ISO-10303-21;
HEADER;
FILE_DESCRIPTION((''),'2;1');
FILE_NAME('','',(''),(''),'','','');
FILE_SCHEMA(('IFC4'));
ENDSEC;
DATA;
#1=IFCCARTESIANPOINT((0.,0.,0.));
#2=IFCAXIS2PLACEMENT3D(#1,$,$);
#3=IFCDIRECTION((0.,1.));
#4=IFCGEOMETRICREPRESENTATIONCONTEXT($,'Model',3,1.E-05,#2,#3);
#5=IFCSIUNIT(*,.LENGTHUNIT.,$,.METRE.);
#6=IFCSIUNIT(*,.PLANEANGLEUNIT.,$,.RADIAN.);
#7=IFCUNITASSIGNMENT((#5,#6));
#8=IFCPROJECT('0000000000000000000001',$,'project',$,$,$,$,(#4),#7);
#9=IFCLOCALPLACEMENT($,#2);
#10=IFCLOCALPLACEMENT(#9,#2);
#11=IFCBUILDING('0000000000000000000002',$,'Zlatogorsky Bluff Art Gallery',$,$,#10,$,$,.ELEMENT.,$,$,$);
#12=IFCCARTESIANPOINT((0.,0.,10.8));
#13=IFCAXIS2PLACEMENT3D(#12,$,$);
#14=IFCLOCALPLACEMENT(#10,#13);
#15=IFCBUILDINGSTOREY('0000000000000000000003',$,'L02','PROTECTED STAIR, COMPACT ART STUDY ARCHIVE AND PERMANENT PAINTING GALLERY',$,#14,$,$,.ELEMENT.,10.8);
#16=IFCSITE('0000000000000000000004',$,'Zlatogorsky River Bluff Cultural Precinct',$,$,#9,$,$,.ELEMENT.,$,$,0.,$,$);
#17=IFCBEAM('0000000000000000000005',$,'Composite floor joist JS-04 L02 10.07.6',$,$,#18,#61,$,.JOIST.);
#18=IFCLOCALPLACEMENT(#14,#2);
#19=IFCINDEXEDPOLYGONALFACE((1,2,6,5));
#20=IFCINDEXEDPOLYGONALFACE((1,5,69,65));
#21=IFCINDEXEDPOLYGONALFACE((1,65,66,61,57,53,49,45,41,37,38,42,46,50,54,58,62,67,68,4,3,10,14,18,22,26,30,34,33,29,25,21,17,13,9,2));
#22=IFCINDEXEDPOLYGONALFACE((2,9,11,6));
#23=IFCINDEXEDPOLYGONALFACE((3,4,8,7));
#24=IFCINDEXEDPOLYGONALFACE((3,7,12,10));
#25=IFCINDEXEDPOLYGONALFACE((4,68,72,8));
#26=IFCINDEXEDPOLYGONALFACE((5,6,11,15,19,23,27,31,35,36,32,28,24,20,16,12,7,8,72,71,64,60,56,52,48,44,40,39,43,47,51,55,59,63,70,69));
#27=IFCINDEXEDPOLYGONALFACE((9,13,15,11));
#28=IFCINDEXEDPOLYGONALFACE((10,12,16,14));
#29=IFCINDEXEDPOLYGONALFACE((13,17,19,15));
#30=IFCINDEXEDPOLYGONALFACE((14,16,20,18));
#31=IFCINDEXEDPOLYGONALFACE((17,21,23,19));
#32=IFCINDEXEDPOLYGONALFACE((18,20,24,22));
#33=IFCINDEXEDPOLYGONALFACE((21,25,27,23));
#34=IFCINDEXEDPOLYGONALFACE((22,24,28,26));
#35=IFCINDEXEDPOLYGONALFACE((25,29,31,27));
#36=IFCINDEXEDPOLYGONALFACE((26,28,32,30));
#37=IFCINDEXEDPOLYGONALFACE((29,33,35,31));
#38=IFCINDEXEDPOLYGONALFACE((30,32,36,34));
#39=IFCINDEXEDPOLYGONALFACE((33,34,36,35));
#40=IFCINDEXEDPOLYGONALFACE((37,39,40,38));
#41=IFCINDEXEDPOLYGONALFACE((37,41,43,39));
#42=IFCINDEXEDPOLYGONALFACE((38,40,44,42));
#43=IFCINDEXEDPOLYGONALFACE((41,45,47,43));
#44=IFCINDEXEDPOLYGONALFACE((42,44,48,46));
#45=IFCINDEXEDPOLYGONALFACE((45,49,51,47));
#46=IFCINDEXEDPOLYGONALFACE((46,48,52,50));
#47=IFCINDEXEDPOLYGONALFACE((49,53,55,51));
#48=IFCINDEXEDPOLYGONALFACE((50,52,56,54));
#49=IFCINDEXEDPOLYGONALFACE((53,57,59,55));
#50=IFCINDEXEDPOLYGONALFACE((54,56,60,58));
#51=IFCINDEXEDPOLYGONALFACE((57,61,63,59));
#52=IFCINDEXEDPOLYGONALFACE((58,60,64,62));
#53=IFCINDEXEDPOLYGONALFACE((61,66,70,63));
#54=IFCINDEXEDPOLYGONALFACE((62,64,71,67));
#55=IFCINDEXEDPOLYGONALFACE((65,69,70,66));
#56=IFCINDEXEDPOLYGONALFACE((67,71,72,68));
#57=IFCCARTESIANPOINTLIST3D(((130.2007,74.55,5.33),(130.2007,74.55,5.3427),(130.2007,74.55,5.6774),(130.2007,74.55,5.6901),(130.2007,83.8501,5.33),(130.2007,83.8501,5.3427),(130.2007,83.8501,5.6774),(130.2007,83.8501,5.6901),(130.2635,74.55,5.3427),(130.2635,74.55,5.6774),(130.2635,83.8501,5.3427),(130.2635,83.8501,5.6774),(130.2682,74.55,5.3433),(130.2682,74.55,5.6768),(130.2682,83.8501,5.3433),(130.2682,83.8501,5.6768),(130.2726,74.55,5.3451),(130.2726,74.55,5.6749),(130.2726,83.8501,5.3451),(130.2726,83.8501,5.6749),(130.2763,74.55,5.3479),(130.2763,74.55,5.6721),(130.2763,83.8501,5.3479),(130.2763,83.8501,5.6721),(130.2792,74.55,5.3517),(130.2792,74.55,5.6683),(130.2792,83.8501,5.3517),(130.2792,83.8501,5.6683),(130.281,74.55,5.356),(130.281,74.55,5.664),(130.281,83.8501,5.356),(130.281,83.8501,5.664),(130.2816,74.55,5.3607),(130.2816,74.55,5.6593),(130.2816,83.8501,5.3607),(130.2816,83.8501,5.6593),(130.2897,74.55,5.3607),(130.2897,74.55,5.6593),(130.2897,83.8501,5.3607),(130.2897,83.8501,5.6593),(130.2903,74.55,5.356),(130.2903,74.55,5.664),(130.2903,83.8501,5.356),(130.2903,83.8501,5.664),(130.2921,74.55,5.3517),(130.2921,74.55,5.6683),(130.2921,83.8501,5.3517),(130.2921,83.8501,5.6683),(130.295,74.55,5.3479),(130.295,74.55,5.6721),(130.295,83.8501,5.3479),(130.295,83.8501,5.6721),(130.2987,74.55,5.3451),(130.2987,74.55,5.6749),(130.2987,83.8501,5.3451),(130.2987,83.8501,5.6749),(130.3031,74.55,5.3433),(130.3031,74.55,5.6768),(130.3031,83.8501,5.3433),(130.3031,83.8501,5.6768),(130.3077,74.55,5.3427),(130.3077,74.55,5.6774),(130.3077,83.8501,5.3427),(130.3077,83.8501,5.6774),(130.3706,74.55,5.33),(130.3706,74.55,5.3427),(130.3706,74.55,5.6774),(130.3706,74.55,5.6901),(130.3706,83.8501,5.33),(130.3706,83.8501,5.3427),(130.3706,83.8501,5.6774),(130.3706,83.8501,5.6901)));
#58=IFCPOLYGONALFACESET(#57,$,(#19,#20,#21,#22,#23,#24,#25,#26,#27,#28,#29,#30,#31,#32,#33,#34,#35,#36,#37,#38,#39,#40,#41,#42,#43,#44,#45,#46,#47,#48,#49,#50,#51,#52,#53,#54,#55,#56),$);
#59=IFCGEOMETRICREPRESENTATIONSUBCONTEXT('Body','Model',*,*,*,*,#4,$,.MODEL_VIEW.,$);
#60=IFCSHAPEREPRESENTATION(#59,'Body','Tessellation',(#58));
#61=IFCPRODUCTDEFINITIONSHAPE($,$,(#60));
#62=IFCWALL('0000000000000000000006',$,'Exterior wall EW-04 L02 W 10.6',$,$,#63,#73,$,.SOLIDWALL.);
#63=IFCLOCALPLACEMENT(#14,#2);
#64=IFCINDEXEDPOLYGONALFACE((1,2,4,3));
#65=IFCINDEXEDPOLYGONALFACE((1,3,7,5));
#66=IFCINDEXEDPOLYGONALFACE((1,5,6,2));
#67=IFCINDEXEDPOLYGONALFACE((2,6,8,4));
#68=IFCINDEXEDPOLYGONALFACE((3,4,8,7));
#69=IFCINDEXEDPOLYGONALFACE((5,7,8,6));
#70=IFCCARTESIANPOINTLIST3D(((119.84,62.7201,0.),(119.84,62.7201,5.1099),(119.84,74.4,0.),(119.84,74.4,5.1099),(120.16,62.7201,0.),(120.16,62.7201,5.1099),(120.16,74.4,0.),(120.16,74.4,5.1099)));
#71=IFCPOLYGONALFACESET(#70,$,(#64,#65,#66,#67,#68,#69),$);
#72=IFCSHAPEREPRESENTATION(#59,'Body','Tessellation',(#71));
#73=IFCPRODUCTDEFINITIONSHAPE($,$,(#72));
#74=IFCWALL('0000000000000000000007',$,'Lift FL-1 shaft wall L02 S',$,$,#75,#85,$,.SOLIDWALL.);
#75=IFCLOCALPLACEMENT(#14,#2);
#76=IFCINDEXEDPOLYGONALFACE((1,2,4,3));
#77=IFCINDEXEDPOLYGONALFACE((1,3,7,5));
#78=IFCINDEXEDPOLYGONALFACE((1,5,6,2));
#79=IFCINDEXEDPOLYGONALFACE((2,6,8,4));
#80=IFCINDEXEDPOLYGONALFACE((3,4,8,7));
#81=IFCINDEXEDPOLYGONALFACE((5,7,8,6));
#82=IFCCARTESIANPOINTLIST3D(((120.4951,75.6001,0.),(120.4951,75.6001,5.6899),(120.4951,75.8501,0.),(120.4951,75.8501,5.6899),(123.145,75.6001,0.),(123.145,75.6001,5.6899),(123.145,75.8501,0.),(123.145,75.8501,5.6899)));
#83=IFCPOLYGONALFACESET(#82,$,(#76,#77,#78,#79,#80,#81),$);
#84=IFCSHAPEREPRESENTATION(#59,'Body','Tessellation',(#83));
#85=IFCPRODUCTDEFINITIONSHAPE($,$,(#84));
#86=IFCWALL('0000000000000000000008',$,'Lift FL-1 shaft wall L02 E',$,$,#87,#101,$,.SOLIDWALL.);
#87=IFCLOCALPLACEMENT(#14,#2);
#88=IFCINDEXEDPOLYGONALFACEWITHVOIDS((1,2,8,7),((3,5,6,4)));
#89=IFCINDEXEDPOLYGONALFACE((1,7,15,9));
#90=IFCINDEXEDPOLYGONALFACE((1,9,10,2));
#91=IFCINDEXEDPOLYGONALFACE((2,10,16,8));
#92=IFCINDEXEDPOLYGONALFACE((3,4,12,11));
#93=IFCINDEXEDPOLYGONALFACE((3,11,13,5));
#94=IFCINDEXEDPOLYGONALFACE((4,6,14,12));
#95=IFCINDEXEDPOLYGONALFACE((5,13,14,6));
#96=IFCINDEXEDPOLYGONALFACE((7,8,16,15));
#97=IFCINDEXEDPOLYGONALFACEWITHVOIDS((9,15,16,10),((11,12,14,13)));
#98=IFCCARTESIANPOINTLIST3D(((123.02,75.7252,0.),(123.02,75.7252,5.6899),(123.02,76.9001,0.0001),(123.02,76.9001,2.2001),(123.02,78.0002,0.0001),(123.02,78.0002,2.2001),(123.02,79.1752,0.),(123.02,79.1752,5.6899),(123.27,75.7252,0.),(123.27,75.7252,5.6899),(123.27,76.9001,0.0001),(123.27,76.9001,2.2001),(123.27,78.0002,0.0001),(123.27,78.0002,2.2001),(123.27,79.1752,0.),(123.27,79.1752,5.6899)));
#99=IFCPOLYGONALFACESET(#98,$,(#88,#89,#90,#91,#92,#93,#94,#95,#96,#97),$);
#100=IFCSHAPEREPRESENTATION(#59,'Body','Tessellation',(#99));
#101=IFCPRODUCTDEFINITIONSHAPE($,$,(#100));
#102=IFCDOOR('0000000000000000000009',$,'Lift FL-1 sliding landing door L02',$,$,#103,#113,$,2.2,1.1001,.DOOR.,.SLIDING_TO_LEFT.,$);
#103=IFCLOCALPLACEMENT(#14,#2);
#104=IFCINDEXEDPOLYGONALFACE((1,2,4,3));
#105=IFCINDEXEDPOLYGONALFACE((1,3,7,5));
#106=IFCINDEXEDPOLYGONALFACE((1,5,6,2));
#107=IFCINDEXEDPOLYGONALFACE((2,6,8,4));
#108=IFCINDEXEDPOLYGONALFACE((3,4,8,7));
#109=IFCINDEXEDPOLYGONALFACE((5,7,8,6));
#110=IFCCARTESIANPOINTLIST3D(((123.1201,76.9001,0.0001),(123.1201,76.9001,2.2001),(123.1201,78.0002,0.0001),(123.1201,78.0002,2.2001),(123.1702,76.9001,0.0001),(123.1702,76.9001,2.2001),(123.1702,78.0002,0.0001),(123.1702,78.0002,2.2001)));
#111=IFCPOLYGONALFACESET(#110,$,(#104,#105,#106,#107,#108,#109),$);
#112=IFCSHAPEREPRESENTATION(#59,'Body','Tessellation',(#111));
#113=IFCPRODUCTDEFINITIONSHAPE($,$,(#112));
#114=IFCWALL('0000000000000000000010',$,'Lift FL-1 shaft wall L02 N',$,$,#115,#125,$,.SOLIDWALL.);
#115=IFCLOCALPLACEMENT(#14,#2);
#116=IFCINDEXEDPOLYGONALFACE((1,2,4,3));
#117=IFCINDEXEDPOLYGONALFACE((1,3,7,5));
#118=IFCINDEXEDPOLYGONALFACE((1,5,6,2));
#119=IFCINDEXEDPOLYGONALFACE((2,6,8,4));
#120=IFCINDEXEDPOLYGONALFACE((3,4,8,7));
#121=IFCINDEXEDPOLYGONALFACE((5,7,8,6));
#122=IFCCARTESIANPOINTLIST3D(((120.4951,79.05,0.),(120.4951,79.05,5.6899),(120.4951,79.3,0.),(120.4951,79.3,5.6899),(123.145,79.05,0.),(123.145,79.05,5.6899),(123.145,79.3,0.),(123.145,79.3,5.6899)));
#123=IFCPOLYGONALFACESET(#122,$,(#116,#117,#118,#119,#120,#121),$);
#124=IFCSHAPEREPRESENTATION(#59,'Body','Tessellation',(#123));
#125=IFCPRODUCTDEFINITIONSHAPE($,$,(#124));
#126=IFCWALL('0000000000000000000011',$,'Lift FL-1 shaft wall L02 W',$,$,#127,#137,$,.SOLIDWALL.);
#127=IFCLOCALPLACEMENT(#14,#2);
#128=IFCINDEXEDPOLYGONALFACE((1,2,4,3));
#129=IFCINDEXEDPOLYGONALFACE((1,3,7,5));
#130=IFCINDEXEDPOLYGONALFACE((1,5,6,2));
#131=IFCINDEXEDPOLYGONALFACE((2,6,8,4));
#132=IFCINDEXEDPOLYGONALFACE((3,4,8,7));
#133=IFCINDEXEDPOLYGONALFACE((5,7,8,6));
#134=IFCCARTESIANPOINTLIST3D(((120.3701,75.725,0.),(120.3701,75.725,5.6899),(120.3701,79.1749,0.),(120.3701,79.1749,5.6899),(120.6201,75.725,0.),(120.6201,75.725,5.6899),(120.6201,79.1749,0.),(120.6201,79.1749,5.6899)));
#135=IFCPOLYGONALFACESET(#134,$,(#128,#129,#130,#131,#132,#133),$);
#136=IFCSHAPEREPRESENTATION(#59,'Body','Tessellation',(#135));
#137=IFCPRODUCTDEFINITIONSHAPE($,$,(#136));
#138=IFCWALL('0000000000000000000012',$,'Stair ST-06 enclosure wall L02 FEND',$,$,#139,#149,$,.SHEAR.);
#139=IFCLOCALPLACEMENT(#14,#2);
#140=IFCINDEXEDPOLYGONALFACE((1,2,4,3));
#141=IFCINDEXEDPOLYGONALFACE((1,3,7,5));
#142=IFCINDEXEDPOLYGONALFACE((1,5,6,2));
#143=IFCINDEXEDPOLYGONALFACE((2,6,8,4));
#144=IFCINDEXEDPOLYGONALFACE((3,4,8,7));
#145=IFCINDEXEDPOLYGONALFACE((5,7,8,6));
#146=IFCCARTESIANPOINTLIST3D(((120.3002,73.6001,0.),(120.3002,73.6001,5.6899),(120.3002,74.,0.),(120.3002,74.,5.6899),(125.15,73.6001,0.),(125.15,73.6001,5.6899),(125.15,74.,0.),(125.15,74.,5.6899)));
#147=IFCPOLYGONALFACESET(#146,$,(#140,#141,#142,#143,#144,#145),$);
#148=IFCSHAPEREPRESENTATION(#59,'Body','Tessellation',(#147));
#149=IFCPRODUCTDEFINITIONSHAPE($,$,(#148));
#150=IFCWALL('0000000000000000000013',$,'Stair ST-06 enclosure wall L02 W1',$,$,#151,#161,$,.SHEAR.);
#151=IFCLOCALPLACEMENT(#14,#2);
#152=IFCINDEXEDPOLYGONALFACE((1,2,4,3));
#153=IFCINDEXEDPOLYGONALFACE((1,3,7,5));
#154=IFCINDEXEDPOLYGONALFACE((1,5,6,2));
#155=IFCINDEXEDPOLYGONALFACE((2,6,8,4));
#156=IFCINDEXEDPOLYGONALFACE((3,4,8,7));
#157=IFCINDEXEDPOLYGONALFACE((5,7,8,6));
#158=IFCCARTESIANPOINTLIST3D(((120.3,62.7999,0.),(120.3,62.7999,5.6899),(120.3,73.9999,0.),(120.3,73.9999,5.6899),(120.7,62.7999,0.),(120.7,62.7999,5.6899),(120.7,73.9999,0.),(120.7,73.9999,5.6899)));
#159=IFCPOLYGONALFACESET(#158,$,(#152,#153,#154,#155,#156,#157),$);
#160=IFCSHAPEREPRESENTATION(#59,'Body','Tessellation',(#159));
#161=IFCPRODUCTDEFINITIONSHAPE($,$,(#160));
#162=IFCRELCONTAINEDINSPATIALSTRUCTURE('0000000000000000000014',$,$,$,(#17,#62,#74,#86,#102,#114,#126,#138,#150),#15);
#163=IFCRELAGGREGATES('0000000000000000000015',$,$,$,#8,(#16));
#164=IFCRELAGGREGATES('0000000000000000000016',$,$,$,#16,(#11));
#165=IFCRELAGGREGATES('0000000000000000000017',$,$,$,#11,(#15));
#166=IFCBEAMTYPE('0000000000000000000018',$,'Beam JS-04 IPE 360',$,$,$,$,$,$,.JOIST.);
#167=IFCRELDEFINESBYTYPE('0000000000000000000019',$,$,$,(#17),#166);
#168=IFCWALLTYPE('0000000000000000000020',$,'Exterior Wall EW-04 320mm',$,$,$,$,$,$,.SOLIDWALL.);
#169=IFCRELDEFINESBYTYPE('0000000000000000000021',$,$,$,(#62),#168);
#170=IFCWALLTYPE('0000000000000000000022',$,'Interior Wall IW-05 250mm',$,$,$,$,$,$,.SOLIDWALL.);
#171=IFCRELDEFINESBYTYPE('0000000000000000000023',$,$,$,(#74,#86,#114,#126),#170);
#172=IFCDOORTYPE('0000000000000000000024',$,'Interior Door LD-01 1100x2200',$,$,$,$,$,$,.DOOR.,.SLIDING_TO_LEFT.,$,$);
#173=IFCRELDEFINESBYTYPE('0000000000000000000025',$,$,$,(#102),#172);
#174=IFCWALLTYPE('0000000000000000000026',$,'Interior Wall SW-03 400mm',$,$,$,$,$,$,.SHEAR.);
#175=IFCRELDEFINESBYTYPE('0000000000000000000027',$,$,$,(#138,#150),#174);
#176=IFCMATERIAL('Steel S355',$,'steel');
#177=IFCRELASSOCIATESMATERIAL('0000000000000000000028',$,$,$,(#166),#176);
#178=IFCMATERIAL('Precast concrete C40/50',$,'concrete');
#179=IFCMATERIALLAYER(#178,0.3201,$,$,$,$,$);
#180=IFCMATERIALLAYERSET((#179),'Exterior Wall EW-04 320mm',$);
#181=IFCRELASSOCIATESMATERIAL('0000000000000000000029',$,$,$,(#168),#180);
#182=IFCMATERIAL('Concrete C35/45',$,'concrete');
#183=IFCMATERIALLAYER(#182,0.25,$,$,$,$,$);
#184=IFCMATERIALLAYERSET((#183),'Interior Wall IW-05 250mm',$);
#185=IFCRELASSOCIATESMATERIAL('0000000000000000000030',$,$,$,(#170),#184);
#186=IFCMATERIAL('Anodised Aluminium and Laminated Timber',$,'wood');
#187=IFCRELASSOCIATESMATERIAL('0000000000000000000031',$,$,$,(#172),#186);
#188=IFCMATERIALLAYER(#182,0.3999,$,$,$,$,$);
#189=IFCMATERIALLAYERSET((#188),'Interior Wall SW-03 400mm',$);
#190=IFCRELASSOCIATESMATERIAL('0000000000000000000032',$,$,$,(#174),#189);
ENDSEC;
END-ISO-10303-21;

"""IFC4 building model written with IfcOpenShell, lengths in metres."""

from ifc_helpers import new_model, si_unit, direction, frame, frame_2d, origin, origin_2d, place, context, subcontext, project, spatial, rectangle, i_section, extrude, material, layer, layer_set, material_profile, profile_set, type_object, element, fill, save


model = new_model("IFC4")

# Units and contexts
model_context = context("Model", 3, precision=1e-05, world=origin(), true_north=direction((0.0, 1.0)))
body_context = subcontext(model_context, "Body", "Model", "MODEL_VIEW")
ifc_project = project(units=[si_unit("LENGTHUNIT", "METRE"), si_unit("PLANEANGLEUNIT", "RADIAN")], contexts=[model_context])

# Site, building, storey
site_placement = place(None, origin())
site = spatial("IfcSite", under=ifc_project, at=site_placement, Name="Zlatogorsky River Bluff Cultural Precinct", CompositionType="ELEMENT", RefElevation=0.0)
building_placement = place(site_placement, origin())
building = spatial("IfcBuilding", under=site, at=building_placement, Name="Zlatogorsky Bluff Art Gallery", CompositionType="ELEMENT")
storey_placement = place(building_placement, frame((0.0, 0.0, 10.8)))
storey = spatial("IfcBuildingStorey", under=building, at=storey_placement, Name="L02", Description="PROTECTED STAIR, COMPACT ART STUDY ARCHIVE AND PERMANENT PAINTING GALLERY", CompositionType="ELEMENT", Elevation=10.8)

# Shared definitions
ifc_material_1 = material(Name="Steel S355", Category="steel")

# Beam
ifc_material_profile_1 = material_profile(ifc_material_1, i_section(OverallWidth=0.1699, OverallDepth=0.3601, WebThickness=0.0081, FlangeThickness=0.0127, FilletRadius=0.0181, at=origin_2d()), Name="IPE 360")
ifc_profile_set_1 = profile_set([ifc_material_profile_1], Name="Steel S355")
beam_type_1 = type_object("IfcBeamType", Name="Beam JS-04 IPE 360", PredefinedType="JOIST", material=ifc_profile_set_1)
for number, where, z_axis, x_axis, name in (
    (1, (130.2856, 74.55, 5.51), (0.0, 1.0, 0.0), (-1.0, 0.0, 0.0), "Composite floor joist JS-04 L02 10.07.6"),
):
    element("IfcBeam", number, at=place(storey_placement, frame(where, z_axis=z_axis, x_axis=x_axis)), inside=storey, type_object=beam_type_1, Name=name, PredefinedType="JOIST", context=body_context, shape_type="SweptSolid", body=[
        extrude(i_section(OverallWidth=0.1699, OverallDepth=0.3601, WebThickness=0.0081, FlangeThickness=0.0127, FilletRadius=0.0181, at=origin_2d()), origin(), (0.0, 0.0, 1.0), 9.3),
    ])

# Wall
ifc_material_2 = material(Name="Precast concrete C40/50", Category="concrete")
ifc_layer_1 = layer(ifc_material_2, 0.3201)
ifc_layer_set_1 = layer_set([ifc_layer_1], Name="Exterior Wall EW-04 320mm")
wall_type_1 = type_object("IfcWallType", Name="Exterior Wall EW-04 320mm", PredefinedType="SOLIDWALL", material=ifc_layer_set_1)
wall_1_placement = place(storey_placement, frame((120.0, 74.3999, 0.0), z_axis=(0.0, 0.0, 1.0), x_axis=(0.0, -1.0, 0.0)))
element("IfcWall", 2, at=wall_1_placement, inside=storey, type_object=wall_type_1, Name="Exterior wall EW-04 L02 W 10.6", PredefinedType="SOLIDWALL", context=body_context, shape_type="SweptSolid", body=[
    extrude(rectangle(XDim=11.6799, YDim=0.3201, at=frame_2d((5.8398, 0.0))), origin(), (0.0, 0.0, 1.0), 5.1099),
])

# Shared definitions
ifc_material_3 = material(Name="Anodised Aluminium and Laminated Timber", Category="wood")

# Wall
ifc_material_4 = material(Name="Concrete C35/45", Category="concrete")
ifc_layer_2 = layer(ifc_material_4, 0.25)
ifc_layer_set_2 = layer_set([ifc_layer_2], Name="Interior Wall IW-05 250mm")
wall_type_2 = type_object("IfcWallType", Name="Interior Wall IW-05 250mm", PredefinedType="SOLIDWALL", material=ifc_layer_set_2)
wall_2_placement = place(storey_placement, frame((120.4951, 75.7251, 0.0), z_axis=(0.0, 0.0, 1.0), x_axis=(1.0, 0.0, 0.0)))
element("IfcWall", 3, at=wall_2_placement, inside=storey, type_object=wall_type_2, Name="Lift FL-1 shaft wall L02 S", PredefinedType="SOLIDWALL", context=body_context, shape_type="SweptSolid", body=[
    extrude(rectangle(XDim=2.6499, YDim=0.25, at=frame_2d((1.325, 0.0))), origin(), (0.0, 0.0, 1.0), 5.6899),
])

# Wall, opening, door
wall_3_placement = place(storey_placement, frame((123.145, 75.7251, 0.0), z_axis=(0.0, 0.0, 1.0), x_axis=(0.0, 1.0, 0.0)))
wall_3 = element("IfcWall", 4, at=wall_3_placement, inside=storey, type_object=wall_type_2, Name="Lift FL-1 shaft wall L02 E", PredefinedType="SOLIDWALL", context=body_context, shape_type="SweptSolid", body=[
    extrude(rectangle(XDim=3.45, YDim=0.25, at=frame_2d((1.7251, 0.0))), origin(), (0.0, 0.0, 1.0), 5.6899),
])
opening_1_placement = place(wall_3_placement, frame((1.175, 0.0, 0.0)))
opening_1 = element("IfcOpeningElement", 5, at=opening_1_placement, cuts=wall_3, PredefinedType="OPENING", context=body_context, shape_type="SweptSolid", body=[
    extrude(rectangle(XDim=1.1001, YDim=2.2, at=frame_2d((0.55, 1.1001))), frame((0.0, 0.135, 0.0), z_axis=(0.0, -1.0, 0.0), x_axis=(1.0, 0.0, 0.0)), (0.0, 0.0, 1.0), 0.27),
])
door_type_1 = type_object("IfcDoorType", Name="Interior Door LD-01 1100x2200", OperationType="SLIDING_TO_LEFT", PredefinedType="DOOR", material=ifc_material_3)
door_1_placement = place(opening_1_placement, origin())
door_1 = element("IfcDoor", 6, at=door_1_placement, inside=storey, type_object=door_type_1, Name="Lift FL-1 sliding landing door L02", OperationType="SLIDING_TO_LEFT", OverallHeight=2.2, OverallWidth=1.1001, PredefinedType="DOOR", context=body_context, shape_type="SweptSolid", body=[
    extrude(rectangle(XDim=1.1001, YDim=2.2, at=frame_2d((0.55, 1.1001))), frame((0.0, 0.0249, 0.0), z_axis=(0.0, -1.0, 0.0), x_axis=(1.0, 0.0, 0.0)), (0.0, 0.0, 1.0), 0.05),
])
fill(opening_1, door_1)

# Walls
wall_4_placement = place(storey_placement, frame((123.145, 79.175, 0.0), z_axis=(0.0, 0.0, 1.0), x_axis=(-1.0, 0.0, 0.0)))
element("IfcWall", 7, at=wall_4_placement, inside=storey, type_object=wall_type_2, Name="Lift FL-1 shaft wall L02 N", PredefinedType="SOLIDWALL", context=body_context, shape_type="SweptSolid", body=[
    extrude(rectangle(XDim=2.6499, YDim=0.25, at=frame_2d((1.325, 0.0))), origin(), (0.0, 0.0, 1.0), 5.6899),
])
wall_5_placement = place(storey_placement, frame((120.4951, 79.175, 0.0), z_axis=(0.0, 0.0, 1.0), x_axis=(0.0, -1.0, 0.0)))
element("IfcWall", 8, at=wall_5_placement, inside=storey, type_object=wall_type_2, Name="Lift FL-1 shaft wall L02 W", PredefinedType="SOLIDWALL", context=body_context, shape_type="SweptSolid", body=[
    extrude(rectangle(XDim=3.45, YDim=0.25, at=frame_2d((1.7251, 0.0))), origin(), (0.0, 0.0, 1.0), 5.6899),
])
ifc_layer_3 = layer(ifc_material_4, 0.3999)
ifc_layer_set_3 = layer_set([ifc_layer_3], Name="Interior Wall SW-03 400mm")
wall_type_3 = type_object("IfcWallType", Name="Interior Wall SW-03 400mm", PredefinedType="SHEAR", material=ifc_layer_set_3)
wall_6_placement = place(storey_placement, frame((125.1499, 73.8, 0.0), z_axis=(0.0, 0.0, 1.0), x_axis=(-1.0, 0.0, 0.0)))
element("IfcWall", 9, at=wall_6_placement, inside=storey, type_object=wall_type_3, Name="Stair ST-06 enclosure wall L02 FEND", PredefinedType="SHEAR", context=body_context, shape_type="SweptSolid", body=[
    extrude(rectangle(XDim=4.8499, YDim=0.3999, at=frame_2d((2.4248, 0.0))), origin(), (0.0, 0.0, 1.0), 5.6899),
])
wall_7_placement = place(storey_placement, frame((120.5, 74.0, 0.0), z_axis=(0.0, 0.0, 1.0), x_axis=(0.0, -1.0, 0.0)))
element("IfcWall", 10, at=wall_7_placement, inside=storey, type_object=wall_type_3, Name="Stair ST-06 enclosure wall L02 W1", PredefinedType="SHEAR", context=body_context, shape_type="SweptSolid", body=[
    extrude(rectangle(XDim=11.2, YDim=0.3999, at=frame_2d((5.6001, 0.0))), origin(), (0.0, 0.0, 1.0), 5.6899),
])

save(model, "model.ifc")
